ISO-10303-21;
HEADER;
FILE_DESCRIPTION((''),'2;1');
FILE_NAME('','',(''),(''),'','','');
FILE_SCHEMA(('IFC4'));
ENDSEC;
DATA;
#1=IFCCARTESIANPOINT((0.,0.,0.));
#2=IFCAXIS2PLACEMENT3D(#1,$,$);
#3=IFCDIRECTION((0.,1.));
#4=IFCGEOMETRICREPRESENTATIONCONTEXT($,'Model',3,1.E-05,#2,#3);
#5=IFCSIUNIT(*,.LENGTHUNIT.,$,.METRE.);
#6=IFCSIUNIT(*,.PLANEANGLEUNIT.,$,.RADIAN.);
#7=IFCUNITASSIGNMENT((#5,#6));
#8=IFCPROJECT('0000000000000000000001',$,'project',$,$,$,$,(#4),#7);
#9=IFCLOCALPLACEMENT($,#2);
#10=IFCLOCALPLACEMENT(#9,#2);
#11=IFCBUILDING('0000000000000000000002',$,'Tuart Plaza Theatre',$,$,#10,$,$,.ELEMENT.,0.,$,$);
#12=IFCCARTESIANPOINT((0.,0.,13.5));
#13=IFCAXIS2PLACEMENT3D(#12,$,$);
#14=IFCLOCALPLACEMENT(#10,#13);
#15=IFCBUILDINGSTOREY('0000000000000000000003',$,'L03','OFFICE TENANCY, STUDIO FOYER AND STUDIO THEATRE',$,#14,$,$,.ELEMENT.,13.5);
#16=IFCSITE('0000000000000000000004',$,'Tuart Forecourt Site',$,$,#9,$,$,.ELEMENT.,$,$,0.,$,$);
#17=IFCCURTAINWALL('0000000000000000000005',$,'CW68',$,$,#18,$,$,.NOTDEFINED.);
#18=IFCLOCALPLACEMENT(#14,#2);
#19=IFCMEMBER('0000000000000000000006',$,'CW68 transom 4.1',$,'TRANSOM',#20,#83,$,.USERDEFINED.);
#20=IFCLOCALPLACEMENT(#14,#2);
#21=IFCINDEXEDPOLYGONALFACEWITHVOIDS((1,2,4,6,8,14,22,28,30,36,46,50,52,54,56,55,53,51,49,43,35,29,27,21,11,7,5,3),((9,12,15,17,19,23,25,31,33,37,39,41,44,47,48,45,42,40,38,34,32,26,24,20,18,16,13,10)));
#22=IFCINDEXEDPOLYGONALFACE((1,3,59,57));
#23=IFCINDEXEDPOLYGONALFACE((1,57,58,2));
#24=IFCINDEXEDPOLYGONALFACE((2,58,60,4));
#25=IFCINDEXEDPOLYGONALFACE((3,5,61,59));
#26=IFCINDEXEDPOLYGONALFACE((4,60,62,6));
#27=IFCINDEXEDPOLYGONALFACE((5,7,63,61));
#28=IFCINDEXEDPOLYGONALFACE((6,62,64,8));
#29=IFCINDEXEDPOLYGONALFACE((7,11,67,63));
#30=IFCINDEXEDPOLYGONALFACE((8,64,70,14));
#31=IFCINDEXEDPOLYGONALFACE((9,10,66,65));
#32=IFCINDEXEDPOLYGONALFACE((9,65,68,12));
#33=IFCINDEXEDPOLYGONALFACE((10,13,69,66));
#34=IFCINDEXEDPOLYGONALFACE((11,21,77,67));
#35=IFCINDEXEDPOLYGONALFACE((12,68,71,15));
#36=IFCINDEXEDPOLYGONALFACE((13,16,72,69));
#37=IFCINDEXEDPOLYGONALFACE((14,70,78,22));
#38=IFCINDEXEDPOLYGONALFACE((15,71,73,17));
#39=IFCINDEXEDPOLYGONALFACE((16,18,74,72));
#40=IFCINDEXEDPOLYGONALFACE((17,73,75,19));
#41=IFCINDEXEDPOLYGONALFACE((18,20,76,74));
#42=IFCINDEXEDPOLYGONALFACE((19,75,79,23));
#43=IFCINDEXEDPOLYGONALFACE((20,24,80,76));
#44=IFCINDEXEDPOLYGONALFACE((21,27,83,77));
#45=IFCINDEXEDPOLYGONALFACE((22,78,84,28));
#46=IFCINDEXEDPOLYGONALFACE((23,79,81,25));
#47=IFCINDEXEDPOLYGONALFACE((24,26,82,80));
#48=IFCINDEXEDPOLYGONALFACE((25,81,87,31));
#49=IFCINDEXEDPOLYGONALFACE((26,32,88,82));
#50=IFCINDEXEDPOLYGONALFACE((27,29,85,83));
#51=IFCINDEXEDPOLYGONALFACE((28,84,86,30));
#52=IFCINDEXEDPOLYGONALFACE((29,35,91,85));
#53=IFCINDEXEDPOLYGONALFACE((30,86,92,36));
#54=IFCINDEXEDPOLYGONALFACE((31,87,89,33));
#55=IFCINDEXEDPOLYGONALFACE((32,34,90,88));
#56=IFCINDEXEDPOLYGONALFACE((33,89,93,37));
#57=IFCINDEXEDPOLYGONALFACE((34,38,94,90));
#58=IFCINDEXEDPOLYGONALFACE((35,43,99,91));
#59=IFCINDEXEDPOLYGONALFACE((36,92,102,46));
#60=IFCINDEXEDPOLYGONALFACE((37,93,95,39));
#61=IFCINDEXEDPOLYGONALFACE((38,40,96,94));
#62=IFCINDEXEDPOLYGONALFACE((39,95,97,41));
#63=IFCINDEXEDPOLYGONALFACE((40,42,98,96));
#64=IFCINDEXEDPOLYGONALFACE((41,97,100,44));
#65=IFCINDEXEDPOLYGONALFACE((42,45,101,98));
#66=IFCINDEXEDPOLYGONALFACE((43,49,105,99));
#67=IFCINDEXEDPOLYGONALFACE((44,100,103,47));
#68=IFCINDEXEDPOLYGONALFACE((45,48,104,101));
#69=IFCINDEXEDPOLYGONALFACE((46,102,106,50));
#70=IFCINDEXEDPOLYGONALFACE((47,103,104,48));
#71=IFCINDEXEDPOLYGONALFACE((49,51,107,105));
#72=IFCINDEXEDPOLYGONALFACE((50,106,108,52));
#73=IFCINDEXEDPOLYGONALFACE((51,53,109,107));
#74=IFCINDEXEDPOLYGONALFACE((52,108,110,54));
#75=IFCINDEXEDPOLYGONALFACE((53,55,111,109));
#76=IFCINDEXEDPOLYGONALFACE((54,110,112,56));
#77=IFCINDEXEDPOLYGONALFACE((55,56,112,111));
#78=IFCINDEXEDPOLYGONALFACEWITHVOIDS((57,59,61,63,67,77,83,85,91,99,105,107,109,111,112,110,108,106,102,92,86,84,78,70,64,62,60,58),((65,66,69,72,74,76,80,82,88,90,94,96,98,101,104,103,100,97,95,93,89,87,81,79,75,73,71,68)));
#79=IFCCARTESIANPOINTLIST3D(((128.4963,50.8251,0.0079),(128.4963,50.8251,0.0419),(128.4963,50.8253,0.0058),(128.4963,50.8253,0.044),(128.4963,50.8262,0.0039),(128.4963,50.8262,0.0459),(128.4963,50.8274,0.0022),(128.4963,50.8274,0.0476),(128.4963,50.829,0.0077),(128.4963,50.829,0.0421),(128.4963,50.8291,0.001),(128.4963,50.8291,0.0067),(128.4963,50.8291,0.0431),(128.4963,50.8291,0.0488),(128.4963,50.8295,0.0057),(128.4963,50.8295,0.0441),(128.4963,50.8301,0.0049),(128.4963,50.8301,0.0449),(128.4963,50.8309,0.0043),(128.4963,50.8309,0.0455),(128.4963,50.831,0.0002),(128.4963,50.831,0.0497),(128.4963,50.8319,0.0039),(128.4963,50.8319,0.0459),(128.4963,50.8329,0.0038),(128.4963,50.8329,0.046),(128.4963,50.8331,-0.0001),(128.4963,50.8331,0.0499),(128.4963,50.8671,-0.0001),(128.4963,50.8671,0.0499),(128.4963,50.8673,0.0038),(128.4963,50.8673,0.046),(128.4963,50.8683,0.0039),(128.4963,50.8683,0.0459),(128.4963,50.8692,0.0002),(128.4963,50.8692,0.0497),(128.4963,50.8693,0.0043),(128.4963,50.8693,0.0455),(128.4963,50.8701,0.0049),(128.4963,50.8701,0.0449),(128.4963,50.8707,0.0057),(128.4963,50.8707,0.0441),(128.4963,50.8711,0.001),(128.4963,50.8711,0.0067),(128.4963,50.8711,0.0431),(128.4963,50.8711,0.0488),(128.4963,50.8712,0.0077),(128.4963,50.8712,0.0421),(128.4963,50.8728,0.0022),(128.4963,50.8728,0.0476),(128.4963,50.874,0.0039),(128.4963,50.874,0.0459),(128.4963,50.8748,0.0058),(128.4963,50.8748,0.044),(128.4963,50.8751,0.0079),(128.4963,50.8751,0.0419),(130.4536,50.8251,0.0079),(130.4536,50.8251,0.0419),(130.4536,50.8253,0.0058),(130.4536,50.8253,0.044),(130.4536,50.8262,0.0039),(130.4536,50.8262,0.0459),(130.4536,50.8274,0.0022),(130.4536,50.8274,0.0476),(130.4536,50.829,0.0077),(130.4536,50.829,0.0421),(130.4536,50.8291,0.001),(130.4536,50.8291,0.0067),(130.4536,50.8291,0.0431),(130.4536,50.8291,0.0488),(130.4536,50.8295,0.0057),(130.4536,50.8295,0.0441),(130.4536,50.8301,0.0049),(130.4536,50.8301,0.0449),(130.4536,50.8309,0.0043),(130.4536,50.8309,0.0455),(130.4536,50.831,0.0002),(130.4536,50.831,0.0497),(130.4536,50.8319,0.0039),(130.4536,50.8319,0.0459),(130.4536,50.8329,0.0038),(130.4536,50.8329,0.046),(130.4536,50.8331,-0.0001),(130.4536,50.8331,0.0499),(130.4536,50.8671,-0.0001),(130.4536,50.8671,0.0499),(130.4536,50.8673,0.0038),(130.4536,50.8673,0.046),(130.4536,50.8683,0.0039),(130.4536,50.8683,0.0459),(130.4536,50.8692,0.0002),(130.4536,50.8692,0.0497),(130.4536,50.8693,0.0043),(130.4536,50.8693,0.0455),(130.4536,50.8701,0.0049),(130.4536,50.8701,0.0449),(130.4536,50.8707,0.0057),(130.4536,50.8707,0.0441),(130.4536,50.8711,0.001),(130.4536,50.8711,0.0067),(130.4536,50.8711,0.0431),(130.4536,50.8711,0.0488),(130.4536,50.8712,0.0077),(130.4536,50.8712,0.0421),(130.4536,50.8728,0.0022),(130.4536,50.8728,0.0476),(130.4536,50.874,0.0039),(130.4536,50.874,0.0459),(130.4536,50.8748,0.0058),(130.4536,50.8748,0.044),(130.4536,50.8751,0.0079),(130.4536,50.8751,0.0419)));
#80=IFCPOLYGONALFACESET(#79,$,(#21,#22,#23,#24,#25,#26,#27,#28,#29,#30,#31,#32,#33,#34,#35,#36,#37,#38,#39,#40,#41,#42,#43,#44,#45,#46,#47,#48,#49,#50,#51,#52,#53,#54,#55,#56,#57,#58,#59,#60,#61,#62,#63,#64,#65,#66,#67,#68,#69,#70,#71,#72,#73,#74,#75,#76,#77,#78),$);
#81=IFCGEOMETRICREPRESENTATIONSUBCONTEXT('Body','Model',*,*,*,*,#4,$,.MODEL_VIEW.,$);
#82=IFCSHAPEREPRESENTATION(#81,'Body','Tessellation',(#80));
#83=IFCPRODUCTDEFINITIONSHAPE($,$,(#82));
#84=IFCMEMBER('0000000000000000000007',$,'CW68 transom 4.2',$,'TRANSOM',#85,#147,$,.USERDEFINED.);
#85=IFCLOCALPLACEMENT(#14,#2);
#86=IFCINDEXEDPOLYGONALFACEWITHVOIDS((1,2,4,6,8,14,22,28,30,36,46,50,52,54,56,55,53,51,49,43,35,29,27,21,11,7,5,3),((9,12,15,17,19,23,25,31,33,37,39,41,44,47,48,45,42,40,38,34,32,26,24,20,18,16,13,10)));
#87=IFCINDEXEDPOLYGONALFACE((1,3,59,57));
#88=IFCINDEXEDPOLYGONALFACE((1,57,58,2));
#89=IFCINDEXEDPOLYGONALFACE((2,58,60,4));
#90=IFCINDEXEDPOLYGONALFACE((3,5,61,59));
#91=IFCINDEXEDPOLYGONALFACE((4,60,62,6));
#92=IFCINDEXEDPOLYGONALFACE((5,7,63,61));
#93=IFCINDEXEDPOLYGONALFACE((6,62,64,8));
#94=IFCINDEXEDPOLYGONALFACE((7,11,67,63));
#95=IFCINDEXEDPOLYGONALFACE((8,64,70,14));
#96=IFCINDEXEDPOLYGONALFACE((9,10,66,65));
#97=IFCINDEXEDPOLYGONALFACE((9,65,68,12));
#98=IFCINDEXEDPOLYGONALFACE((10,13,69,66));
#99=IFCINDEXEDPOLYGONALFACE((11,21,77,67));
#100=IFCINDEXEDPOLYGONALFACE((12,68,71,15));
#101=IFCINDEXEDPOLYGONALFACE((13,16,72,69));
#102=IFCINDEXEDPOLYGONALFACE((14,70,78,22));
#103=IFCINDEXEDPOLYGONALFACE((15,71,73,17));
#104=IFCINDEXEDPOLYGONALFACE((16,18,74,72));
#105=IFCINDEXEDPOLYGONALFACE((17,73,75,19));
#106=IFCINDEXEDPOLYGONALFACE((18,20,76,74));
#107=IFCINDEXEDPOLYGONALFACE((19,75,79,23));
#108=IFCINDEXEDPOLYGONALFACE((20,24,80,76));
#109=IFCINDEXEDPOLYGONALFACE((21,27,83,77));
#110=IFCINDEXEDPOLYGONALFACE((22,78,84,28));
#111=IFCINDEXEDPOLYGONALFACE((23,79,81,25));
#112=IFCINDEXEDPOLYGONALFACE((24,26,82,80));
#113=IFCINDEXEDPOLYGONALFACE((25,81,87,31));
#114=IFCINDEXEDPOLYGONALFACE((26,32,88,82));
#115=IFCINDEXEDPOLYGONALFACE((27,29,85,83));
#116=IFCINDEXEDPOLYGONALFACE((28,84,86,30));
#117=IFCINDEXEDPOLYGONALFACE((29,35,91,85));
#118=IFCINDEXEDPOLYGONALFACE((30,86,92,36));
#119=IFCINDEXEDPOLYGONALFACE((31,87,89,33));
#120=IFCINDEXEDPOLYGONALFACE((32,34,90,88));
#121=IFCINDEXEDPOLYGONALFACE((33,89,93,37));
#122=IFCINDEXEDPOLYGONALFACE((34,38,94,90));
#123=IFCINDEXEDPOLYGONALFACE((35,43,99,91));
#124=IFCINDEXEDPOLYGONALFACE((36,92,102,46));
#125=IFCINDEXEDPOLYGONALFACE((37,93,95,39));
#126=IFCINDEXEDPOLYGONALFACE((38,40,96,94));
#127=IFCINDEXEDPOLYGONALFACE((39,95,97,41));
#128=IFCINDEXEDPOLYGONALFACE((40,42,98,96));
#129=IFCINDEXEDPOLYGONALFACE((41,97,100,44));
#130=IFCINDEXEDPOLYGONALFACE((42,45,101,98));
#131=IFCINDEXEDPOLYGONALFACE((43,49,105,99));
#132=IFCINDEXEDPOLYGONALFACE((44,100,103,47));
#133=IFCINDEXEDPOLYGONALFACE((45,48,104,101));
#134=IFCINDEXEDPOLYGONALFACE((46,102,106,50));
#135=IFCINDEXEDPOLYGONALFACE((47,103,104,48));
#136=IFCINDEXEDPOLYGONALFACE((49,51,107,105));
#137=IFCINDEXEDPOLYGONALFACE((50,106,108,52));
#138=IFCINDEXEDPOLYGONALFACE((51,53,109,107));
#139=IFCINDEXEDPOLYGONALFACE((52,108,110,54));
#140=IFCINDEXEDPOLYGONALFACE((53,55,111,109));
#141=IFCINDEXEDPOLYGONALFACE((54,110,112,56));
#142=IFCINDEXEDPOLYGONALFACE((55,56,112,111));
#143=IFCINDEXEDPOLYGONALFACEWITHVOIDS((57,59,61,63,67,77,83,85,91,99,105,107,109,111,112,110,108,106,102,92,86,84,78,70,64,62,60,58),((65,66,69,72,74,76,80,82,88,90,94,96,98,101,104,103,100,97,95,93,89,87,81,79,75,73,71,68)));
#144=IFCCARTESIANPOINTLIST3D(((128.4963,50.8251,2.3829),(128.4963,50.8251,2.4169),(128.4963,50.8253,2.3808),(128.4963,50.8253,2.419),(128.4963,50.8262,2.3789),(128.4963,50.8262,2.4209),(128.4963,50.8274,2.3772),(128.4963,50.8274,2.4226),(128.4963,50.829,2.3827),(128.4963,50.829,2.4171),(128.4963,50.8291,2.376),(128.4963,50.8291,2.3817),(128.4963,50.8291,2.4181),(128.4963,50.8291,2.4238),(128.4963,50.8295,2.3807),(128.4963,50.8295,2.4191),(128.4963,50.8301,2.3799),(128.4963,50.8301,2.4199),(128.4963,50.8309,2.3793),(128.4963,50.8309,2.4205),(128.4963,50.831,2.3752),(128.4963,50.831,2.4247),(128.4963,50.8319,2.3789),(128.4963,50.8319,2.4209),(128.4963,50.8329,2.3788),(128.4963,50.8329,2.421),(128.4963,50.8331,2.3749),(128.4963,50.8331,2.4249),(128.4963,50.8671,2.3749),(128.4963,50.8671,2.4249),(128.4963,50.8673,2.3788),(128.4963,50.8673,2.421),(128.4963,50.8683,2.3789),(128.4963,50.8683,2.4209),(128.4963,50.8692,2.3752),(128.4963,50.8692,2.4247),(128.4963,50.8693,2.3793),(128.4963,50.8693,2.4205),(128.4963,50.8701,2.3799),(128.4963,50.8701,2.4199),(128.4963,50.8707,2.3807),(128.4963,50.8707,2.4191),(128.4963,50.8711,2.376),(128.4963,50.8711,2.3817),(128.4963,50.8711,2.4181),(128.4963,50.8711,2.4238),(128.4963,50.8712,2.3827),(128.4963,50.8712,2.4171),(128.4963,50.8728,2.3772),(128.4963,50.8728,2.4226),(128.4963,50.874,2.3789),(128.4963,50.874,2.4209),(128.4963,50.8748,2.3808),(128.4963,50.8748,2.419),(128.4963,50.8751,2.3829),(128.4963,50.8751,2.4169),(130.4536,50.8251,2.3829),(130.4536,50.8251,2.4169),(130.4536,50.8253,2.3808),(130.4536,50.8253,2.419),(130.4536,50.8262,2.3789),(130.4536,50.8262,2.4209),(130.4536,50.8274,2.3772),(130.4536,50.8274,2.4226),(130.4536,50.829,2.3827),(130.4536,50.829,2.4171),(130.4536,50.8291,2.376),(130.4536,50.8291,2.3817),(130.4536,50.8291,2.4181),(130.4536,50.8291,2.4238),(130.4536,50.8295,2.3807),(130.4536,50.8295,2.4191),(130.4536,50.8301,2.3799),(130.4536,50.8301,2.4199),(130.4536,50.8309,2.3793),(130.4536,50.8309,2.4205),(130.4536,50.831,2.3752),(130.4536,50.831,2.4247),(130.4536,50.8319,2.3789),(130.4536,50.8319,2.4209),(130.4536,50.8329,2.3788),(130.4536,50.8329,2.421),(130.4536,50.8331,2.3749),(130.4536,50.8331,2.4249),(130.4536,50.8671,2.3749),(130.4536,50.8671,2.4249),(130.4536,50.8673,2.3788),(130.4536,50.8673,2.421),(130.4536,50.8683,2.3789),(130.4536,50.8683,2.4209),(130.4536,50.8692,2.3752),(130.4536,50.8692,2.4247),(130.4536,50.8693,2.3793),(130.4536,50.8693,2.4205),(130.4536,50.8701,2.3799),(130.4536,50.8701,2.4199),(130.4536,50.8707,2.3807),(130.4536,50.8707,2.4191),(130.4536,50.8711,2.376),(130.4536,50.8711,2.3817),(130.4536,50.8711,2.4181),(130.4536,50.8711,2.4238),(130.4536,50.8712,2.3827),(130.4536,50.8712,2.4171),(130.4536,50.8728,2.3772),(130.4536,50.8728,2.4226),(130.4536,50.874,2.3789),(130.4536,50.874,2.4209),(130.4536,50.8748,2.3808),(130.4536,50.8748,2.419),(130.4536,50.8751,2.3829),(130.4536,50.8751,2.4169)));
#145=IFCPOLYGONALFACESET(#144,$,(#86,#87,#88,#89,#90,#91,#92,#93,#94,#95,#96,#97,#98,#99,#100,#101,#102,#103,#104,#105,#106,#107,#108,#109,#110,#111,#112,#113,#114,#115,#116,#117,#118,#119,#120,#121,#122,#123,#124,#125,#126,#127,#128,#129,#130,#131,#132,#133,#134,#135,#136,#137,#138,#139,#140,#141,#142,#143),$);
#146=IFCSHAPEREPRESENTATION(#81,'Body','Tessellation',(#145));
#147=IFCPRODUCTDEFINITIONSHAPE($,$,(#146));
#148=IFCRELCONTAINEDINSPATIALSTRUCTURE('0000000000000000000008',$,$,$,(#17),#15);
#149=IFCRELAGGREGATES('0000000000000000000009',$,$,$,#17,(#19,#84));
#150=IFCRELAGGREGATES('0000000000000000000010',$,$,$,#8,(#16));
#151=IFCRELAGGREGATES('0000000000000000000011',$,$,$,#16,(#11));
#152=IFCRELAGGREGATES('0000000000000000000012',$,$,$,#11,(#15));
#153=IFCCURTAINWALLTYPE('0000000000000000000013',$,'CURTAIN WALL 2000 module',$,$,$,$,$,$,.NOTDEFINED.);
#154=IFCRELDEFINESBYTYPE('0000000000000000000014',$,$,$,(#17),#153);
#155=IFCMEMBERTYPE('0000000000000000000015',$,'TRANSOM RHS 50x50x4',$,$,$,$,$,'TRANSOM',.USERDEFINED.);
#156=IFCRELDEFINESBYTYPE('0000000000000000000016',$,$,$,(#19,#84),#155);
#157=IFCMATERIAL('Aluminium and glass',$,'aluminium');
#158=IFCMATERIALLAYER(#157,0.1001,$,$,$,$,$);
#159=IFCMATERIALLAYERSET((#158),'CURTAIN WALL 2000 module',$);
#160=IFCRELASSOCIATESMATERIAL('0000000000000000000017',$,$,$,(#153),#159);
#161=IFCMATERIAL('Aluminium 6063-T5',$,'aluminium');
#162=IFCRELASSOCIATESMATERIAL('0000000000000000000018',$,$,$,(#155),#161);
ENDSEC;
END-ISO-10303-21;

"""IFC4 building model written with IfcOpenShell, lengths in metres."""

from ifc_helpers import new_model, si_unit, direction, frame, origin, origin_2d, place, context, subcontext, project, spatial, hollow_rectangle, extrude, material, layer, layer_set, material_profile, profile_set, type_object, element, aggregate, save


model = new_model("IFC4")

# Units and contexts
model_context = context("Model", 3, precision=1e-05, world=origin(), true_north=direction((0.0, 1.0)))
body_context = subcontext(model_context, "Body", "Model", "MODEL_VIEW")
ifc_project = project(units=[si_unit("LENGTHUNIT", "METRE"), si_unit("PLANEANGLEUNIT", "RADIAN")], contexts=[model_context])

# Site, building, storey
site_placement = place(None, origin())
site = spatial("IfcSite", under=ifc_project, at=site_placement, Name="Tuart Forecourt Site", CompositionType="ELEMENT", RefElevation=0.0)
building_placement = place(site_placement, origin())
building = spatial("IfcBuilding", under=site, at=building_placement, Name="Tuart Plaza Theatre", CompositionType="ELEMENT", ElevationOfRefHeight=0.0)
storey_placement = place(building_placement, frame((0.0, 0.0, 13.5)))
storey = spatial("IfcBuildingStorey", under=building, at=storey_placement, Name="L03", Description="OFFICE TENANCY, STUDIO FOYER AND STUDIO THEATRE", CompositionType="ELEMENT", Elevation=13.5)

# Curtain wall, members
ifc_material_1 = material(Name="Aluminium and glass", Category="aluminium")
ifc_layer_1 = layer(ifc_material_1, 0.1001)
ifc_layer_set_1 = layer_set([ifc_layer_1], Name="CURTAIN WALL 2000 module")
curtain_wall_type = type_object("IfcCurtainWallType", Name="CURTAIN WALL 2000 module", PredefinedType="NOTDEFINED", material=ifc_layer_set_1)
curtain_wall_placement = place(storey_placement, origin())
curtain_wall = element("IfcCurtainWall", 1, at=curtain_wall_placement, inside=storey, type_object=curtain_wall_type, Name="CW68", PredefinedType="NOTDEFINED")
ifc_material_2 = material(Name="Aluminium 6063-T5", Category="aluminium")
ifc_material_profile_1 = material_profile(ifc_material_2, hollow_rectangle(XDim=0.05, YDim=0.05, WallThickness=0.0039, InnerFilletRadius=0.0039, OuterFilletRadius=0.0081, at=origin_2d()), Name="RHS 50x50x4")
ifc_profile_set_1 = profile_set([ifc_material_profile_1], Name="Aluminium 6063-T5")
member_type_1 = type_object("IfcMemberType", Name="TRANSOM RHS 50x50x4", ElementType="TRANSOM", PredefinedType="USERDEFINED", material=ifc_profile_set_1)
member_1_placement = place(storey_placement, frame((128.4963, 50.8501, 0.0249), z_axis=(1.0, 0.0, 0.0), x_axis=(0.0, 1.0, 0.0)))
member_1 = element("IfcMember", 2, at=member_1_placement, type_object=member_type_1, Name="CW68 transom 4.1", ObjectType="TRANSOM", PredefinedType="USERDEFINED", context=body_context, shape_type="SweptSolid", body=[
    extrude(hollow_rectangle(XDim=0.05, YDim=0.05, WallThickness=0.0039, InnerFilletRadius=0.0039, OuterFilletRadius=0.0081, at=origin_2d()), origin(), (0.0, 0.0, 1.0), 1.9573),
])
member_2_placement = place(storey_placement, frame((128.4963, 50.8501, 2.3999), z_axis=(1.0, 0.0, 0.0), x_axis=(0.0, 1.0, 0.0)))
member_2 = element("IfcMember", 3, at=member_2_placement, type_object=member_type_1, Name="CW68 transom 4.2", ObjectType="TRANSOM", PredefinedType="USERDEFINED", context=body_context, shape_type="SweptSolid", body=[
    extrude(hollow_rectangle(XDim=0.05, YDim=0.05, WallThickness=0.0039, InnerFilletRadius=0.0039, OuterFilletRadius=0.0081, at=origin_2d()), origin(), (0.0, 0.0, 1.0), 1.9573),
])
aggregate(curtain_wall, [member_1, member_2])

save(model, "model.ifc")
